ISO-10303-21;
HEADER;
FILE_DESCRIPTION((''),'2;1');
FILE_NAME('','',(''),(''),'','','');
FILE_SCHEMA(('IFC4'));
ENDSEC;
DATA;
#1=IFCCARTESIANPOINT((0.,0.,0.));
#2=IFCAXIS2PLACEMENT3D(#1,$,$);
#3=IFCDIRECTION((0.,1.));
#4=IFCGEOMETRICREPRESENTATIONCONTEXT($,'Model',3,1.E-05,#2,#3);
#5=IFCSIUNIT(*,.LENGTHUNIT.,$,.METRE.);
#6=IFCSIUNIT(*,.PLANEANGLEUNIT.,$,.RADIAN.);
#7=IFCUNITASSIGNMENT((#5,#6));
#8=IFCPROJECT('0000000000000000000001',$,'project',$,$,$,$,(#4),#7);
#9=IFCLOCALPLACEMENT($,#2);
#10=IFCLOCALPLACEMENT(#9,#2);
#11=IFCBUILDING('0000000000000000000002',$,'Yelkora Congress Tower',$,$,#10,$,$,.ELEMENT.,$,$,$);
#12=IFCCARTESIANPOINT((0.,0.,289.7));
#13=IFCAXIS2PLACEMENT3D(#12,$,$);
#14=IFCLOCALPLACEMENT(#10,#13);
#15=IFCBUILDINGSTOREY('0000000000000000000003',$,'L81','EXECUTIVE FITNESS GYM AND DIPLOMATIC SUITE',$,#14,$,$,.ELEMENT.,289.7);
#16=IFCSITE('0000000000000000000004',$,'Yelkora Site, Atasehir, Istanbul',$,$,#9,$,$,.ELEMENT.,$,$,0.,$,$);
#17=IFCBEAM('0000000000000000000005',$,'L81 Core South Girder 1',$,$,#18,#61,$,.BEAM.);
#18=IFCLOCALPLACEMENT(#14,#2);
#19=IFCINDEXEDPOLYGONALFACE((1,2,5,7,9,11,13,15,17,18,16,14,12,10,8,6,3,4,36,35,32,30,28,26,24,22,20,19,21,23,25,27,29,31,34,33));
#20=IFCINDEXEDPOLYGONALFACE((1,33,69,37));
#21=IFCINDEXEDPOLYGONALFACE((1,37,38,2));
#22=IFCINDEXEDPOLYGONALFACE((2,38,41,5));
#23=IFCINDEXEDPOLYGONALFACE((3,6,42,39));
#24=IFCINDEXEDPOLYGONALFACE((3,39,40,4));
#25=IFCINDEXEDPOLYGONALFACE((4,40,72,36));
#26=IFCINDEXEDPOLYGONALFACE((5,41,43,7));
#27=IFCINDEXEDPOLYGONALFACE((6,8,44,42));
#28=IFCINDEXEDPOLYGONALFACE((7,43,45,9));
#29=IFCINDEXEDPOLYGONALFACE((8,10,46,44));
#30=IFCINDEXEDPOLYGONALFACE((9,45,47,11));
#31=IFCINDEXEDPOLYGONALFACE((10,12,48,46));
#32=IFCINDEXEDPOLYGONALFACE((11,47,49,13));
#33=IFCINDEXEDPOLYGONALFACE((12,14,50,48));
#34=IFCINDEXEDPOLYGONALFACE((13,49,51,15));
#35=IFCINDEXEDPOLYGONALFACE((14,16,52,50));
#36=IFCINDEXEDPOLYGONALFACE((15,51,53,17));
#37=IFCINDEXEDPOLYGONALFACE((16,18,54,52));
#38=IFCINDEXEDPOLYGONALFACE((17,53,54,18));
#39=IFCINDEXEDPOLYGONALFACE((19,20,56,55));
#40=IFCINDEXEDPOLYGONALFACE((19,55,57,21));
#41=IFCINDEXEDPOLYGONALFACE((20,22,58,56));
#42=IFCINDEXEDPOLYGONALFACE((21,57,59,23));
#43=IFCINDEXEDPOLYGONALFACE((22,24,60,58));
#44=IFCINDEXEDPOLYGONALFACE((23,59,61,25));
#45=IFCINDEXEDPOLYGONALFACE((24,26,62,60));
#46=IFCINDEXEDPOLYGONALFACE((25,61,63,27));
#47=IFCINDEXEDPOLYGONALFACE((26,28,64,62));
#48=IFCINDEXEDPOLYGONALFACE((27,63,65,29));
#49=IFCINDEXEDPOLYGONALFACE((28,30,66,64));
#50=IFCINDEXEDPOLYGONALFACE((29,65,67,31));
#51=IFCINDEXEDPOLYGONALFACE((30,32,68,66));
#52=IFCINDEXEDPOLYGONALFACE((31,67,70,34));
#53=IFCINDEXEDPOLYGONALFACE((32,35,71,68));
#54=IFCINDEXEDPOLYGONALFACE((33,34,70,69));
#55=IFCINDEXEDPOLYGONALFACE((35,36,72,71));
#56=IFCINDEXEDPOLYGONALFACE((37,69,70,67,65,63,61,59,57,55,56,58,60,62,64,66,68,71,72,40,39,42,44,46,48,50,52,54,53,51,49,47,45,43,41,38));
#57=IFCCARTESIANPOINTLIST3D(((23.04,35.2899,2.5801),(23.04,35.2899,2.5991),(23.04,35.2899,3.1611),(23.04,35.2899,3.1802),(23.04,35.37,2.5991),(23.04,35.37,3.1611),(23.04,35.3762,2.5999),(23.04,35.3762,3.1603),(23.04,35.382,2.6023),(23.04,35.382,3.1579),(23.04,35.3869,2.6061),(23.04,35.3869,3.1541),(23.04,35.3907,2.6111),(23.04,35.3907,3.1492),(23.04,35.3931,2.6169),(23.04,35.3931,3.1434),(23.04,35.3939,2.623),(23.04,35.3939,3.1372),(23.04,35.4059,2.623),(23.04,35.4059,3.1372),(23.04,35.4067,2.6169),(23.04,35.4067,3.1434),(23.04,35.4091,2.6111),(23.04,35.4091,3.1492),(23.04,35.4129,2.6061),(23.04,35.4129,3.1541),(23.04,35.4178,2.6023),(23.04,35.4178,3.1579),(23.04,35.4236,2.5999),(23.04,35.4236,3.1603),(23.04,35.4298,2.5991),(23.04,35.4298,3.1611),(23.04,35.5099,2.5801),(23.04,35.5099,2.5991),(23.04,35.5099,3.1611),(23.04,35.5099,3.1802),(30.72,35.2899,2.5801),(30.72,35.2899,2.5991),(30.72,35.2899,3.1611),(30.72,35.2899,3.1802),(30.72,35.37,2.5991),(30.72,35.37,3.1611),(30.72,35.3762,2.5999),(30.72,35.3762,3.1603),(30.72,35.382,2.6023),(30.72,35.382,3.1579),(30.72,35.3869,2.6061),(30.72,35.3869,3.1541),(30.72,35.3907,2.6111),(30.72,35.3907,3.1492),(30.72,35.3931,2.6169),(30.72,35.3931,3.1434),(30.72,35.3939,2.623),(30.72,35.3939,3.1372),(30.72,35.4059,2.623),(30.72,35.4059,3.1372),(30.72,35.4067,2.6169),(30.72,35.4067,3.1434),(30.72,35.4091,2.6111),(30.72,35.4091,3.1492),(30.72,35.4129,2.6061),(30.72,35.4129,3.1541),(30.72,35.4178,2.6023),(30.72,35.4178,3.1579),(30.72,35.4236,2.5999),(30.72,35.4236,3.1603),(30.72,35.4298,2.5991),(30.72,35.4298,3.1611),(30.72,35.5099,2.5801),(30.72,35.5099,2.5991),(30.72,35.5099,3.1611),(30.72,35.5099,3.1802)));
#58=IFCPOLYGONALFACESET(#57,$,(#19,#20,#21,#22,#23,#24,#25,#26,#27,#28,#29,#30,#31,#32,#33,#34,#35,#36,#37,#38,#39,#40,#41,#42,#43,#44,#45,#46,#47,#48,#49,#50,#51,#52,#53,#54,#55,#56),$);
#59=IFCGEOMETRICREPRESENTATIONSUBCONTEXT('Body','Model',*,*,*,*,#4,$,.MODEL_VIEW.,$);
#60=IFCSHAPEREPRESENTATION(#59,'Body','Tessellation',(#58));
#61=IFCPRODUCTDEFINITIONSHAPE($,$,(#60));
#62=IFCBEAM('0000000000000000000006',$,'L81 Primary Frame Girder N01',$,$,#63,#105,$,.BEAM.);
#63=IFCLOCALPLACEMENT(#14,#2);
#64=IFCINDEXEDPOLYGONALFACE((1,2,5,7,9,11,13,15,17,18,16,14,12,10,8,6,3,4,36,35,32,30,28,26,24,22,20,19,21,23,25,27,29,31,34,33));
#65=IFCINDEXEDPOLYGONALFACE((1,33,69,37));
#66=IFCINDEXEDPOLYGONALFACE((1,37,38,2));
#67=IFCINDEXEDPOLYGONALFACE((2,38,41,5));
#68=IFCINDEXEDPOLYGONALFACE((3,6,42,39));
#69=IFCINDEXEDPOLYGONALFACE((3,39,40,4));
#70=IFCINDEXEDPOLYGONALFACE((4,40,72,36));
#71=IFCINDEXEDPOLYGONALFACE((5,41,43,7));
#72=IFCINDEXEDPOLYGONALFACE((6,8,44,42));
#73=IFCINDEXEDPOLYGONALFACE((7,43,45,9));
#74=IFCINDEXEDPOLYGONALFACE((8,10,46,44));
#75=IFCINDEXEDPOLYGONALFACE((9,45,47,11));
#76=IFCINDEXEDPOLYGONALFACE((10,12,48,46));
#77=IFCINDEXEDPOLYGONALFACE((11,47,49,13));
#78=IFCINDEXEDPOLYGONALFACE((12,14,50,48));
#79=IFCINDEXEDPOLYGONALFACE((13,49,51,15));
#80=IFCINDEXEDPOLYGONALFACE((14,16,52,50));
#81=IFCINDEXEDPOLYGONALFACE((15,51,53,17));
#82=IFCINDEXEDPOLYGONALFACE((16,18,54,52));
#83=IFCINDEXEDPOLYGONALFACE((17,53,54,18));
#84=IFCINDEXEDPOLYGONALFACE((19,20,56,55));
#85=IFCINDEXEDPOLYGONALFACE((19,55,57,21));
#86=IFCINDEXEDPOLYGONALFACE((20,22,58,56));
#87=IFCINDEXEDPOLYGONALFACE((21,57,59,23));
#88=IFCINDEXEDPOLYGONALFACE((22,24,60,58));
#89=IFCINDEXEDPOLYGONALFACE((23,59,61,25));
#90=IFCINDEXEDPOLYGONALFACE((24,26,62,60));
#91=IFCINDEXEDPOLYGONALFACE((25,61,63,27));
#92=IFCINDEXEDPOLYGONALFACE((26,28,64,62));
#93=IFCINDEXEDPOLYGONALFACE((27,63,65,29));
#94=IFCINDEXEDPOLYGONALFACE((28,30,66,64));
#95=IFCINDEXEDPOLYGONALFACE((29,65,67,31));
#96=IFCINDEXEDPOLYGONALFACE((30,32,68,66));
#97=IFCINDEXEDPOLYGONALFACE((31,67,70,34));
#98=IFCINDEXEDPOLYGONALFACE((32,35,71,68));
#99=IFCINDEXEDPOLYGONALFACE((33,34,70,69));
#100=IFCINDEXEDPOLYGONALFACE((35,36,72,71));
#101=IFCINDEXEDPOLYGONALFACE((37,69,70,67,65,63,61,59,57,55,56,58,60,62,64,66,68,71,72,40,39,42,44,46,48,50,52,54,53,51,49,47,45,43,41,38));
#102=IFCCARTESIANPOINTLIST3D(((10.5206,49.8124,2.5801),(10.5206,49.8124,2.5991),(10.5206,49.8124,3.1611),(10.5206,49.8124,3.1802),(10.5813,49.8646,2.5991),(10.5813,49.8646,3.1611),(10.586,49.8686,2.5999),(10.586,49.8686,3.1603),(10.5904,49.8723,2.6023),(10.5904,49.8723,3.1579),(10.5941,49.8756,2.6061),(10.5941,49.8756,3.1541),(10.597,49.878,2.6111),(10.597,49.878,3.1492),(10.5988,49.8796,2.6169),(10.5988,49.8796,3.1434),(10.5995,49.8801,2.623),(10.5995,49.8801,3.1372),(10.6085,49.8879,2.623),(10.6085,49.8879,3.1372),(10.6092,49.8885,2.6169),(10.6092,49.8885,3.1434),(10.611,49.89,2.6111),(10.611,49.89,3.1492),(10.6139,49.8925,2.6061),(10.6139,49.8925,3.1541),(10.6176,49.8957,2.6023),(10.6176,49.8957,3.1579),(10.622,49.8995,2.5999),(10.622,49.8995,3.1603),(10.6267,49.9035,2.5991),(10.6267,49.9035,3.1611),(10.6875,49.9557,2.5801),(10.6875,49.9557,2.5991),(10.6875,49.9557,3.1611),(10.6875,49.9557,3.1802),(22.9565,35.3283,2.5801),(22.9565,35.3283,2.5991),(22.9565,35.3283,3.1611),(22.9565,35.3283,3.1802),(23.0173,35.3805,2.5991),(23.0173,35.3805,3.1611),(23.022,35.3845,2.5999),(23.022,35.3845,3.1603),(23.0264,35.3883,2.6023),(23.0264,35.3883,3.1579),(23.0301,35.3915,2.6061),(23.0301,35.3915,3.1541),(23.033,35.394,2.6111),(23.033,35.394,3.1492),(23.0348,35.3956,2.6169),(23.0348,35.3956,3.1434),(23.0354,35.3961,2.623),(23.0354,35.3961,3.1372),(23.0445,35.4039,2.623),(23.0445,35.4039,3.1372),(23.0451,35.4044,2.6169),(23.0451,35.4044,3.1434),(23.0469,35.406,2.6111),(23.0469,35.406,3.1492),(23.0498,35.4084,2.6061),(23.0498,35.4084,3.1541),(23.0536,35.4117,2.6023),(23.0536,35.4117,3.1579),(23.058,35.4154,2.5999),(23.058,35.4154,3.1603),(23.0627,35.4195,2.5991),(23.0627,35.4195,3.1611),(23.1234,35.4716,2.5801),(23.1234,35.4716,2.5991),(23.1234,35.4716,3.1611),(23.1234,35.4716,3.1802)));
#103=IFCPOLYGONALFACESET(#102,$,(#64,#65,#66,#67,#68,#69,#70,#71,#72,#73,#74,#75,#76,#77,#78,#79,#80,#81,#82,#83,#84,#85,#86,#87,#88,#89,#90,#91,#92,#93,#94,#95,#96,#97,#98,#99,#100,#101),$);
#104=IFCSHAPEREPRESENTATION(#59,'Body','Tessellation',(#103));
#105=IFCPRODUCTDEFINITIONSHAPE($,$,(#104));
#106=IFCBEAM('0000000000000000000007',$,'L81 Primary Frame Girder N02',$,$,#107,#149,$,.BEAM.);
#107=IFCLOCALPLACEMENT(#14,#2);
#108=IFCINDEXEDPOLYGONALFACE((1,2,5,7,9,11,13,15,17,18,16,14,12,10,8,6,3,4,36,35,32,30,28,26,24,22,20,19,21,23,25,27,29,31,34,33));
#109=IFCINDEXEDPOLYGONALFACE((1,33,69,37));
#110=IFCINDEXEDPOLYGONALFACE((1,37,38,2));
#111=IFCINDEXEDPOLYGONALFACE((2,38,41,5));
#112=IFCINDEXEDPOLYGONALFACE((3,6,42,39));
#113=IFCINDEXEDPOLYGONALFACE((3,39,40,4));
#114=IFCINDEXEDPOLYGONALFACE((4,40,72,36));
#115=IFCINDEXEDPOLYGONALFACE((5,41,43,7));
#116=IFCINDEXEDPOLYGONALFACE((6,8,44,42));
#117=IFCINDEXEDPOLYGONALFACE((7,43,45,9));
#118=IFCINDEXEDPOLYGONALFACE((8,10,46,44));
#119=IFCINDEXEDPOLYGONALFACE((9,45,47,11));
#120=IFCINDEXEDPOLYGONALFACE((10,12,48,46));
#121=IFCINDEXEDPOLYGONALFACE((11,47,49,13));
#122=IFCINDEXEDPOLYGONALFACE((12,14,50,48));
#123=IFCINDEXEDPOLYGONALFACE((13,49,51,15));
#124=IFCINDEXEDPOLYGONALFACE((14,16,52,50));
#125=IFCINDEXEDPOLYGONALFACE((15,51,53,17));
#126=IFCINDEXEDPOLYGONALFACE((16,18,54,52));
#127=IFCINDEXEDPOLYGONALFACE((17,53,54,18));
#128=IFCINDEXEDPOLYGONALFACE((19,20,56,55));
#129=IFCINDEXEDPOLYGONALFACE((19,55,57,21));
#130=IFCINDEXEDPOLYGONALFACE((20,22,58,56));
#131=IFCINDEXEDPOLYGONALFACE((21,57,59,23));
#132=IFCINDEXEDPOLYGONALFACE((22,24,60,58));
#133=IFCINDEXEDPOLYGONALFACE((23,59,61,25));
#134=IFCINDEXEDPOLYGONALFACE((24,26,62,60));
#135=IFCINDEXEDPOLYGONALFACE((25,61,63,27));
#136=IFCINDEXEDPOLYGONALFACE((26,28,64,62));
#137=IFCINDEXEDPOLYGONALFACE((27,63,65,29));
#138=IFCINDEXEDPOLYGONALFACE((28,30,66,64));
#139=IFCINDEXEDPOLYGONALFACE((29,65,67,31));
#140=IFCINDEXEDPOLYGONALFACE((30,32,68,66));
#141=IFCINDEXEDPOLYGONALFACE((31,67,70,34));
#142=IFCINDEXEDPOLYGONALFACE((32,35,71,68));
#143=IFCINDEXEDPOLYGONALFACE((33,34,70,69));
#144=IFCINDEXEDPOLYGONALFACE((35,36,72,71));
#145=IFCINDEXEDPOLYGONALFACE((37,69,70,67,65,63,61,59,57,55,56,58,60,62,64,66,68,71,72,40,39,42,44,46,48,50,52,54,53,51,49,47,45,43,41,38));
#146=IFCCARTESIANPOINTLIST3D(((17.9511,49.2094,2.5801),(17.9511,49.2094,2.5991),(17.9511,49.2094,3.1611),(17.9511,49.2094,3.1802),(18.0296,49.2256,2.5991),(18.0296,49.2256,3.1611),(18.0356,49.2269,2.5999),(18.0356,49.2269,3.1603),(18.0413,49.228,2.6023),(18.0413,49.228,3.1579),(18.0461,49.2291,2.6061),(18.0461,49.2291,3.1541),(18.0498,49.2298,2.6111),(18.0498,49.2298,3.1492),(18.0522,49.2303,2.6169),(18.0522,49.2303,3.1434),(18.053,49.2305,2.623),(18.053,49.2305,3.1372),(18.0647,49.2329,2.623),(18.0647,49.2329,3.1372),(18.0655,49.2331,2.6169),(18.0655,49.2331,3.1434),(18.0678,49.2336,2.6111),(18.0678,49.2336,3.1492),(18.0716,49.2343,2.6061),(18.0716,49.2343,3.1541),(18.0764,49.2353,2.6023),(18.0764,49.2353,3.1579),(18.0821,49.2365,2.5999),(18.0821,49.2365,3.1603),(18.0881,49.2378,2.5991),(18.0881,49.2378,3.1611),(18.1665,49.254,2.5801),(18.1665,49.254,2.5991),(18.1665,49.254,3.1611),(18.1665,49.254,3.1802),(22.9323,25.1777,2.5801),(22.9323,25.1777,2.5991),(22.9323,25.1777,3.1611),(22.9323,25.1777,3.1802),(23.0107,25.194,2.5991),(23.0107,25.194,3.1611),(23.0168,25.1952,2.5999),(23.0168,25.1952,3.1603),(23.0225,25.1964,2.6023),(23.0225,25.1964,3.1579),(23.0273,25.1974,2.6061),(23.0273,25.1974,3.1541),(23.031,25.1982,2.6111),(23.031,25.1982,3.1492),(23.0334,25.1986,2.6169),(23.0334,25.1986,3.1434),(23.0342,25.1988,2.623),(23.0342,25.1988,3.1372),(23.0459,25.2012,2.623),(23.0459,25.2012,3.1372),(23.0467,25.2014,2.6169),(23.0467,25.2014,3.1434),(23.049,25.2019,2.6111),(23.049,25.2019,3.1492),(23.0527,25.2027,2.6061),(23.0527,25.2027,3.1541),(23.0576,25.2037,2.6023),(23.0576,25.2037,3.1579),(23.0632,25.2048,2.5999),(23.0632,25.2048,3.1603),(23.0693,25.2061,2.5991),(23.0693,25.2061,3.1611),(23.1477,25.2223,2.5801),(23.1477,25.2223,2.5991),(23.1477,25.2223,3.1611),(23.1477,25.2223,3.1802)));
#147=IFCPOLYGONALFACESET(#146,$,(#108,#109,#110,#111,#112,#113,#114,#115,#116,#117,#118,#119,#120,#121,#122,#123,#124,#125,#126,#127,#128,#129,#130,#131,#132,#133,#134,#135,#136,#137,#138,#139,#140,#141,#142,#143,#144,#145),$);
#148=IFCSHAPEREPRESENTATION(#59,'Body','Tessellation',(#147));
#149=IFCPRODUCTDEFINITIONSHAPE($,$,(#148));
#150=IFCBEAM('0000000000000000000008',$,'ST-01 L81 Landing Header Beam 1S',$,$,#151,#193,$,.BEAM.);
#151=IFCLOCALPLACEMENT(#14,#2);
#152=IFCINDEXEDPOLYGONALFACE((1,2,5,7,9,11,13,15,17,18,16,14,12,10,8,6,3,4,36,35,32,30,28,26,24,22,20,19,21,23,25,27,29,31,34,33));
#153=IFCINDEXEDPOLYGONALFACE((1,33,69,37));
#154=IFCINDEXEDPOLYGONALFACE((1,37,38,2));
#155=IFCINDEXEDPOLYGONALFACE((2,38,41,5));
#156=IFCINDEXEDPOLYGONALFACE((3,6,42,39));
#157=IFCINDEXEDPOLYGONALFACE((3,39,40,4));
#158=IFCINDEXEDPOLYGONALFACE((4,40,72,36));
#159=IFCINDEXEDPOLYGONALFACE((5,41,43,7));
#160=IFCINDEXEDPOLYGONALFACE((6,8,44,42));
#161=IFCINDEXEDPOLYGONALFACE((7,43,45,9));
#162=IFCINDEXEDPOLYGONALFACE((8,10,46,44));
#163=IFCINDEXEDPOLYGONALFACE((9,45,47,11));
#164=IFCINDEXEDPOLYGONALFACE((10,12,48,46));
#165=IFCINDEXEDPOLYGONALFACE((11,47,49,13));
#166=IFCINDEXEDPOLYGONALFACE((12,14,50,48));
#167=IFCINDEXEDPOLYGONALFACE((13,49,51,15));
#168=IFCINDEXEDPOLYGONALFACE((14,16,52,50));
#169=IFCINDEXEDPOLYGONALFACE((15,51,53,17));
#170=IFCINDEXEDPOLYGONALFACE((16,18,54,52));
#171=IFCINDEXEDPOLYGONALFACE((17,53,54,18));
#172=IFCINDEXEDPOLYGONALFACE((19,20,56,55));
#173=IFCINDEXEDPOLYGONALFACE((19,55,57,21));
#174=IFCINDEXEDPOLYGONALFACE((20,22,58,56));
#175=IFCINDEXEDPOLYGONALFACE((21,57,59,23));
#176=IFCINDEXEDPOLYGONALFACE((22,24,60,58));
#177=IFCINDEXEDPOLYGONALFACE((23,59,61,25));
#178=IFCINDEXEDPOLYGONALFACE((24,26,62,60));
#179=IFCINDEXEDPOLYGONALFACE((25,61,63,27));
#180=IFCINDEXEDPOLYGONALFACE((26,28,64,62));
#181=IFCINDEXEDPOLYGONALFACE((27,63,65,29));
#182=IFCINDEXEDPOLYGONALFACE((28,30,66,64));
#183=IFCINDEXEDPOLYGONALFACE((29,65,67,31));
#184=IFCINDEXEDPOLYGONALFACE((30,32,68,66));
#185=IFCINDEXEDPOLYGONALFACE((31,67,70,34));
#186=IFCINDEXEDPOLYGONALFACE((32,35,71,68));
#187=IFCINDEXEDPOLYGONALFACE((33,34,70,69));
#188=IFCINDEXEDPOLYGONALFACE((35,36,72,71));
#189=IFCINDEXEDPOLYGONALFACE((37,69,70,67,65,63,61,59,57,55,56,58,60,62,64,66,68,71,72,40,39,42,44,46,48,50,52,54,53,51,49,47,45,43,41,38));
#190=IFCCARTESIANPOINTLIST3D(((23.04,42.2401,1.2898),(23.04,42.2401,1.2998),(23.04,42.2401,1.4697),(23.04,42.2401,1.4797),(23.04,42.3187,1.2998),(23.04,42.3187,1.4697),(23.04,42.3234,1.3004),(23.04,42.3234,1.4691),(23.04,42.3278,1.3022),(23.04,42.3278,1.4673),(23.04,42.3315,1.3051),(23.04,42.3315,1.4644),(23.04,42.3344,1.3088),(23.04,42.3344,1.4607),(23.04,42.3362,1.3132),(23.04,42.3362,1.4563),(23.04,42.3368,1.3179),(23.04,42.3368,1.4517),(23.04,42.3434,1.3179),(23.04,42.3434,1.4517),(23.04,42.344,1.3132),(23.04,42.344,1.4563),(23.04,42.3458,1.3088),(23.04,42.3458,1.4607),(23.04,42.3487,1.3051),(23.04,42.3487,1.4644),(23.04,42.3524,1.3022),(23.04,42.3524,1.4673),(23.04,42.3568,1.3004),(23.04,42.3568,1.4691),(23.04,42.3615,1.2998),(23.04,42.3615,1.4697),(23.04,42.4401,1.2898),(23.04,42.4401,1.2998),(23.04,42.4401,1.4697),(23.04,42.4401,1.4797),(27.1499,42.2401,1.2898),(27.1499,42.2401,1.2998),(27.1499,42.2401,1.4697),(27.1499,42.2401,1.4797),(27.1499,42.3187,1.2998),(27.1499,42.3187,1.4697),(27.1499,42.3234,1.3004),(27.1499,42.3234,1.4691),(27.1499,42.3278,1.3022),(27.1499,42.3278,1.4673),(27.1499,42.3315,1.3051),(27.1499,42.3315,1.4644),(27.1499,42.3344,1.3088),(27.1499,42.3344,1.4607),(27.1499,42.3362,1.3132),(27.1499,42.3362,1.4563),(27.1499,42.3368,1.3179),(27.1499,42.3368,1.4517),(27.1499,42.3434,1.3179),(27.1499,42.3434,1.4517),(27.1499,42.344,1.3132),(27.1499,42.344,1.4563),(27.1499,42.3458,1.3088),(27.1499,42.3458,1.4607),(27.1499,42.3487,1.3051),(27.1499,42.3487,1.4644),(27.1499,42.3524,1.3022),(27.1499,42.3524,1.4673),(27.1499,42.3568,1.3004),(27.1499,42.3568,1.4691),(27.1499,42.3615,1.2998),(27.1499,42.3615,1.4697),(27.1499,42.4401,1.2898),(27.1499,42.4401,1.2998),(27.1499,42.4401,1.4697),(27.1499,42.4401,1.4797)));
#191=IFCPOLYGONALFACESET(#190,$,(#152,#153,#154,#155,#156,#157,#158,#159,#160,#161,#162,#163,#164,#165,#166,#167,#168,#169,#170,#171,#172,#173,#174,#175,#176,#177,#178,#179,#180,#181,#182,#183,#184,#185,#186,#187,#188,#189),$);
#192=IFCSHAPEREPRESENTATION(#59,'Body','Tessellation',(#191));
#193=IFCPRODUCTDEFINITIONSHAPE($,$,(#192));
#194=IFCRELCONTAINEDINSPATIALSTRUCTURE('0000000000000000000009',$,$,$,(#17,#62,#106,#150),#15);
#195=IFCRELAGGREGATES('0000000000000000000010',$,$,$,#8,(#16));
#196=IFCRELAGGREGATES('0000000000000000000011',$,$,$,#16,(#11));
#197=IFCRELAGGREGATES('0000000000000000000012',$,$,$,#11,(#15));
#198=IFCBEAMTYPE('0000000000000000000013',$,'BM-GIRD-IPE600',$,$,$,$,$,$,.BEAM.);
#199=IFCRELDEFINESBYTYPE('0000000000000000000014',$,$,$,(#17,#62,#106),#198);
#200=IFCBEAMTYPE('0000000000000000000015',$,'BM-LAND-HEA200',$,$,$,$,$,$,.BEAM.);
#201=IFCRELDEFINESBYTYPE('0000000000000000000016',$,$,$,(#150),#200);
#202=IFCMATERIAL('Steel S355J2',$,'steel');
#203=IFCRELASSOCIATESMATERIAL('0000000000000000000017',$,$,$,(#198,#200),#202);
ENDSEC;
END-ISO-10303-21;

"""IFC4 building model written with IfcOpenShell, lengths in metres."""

from ifc_helpers import new_model, si_unit, direction, frame, origin, origin_2d, place, context, subcontext, project, spatial, i_section, extrude, material, material_profile, profile_set, type_object, element, save


model = new_model("IFC4")

# Units and contexts
model_context = context("Model", 3, precision=1e-05, world=origin(), true_north=direction((0.0, 1.0)))
body_context = subcontext(model_context, "Body", "Model", "MODEL_VIEW")
ifc_project = project(units=[si_unit("LENGTHUNIT", "METRE"), si_unit("PLANEANGLEUNIT", "RADIAN")], contexts=[model_context])

# Site, building, storey
site_placement = place(None, origin())
site = spatial("IfcSite", under=ifc_project, at=site_placement, Name="Yelkora Site, Atasehir, Istanbul", CompositionType="ELEMENT", RefElevation=0.0)
building_placement = place(site_placement, origin())
building = spatial("IfcBuilding", under=site, at=building_placement, Name="Yelkora Congress Tower", CompositionType="ELEMENT")
storey_placement = place(building_placement, frame((0.0, 0.0, 289.7)))
storey = spatial("IfcBuildingStorey", under=building, at=storey_placement, Name="L81", Description="EXECUTIVE FITNESS GYM AND DIPLOMATIC SUITE", CompositionType="ELEMENT", Elevation=289.7)

# Shared definitions
ifc_material_1 = material(Name="Steel S355J2", Category="steel")

# Beams
ifc_material_profile_1 = material_profile(ifc_material_1, i_section(OverallWidth=0.22, OverallDepth=0.6001, WebThickness=0.012, FlangeThickness=0.019, FilletRadius=0.0239, at=origin_2d()), Name="IPE 600")
ifc_profile_set_1 = profile_set([ifc_material_profile_1], Name="Steel S355J2")
beam_type_1 = type_object("IfcBeamType", Name="BM-GIRD-IPE600", PredefinedType="BEAM", material=ifc_profile_set_1)
beam_1_placement = place(storey_placement, frame((23.04, 35.3999, 2.8801), z_axis=(1.0, 0.0, 0.0), x_axis=(0.0, 1.0, 0.0)))
element("IfcBeam", 1, at=beam_1_placement, inside=storey, type_object=beam_type_1, Name="L81 Core South Girder 1", PredefinedType="BEAM", context=body_context, shape_type="SweptSolid", body=[
    extrude(i_section(OverallWidth=0.22, OverallDepth=0.6001, WebThickness=0.012, FlangeThickness=0.019, FilletRadius=0.0239, at=origin_2d()), origin(), (0.0, 0.0, 1.0), 7.6799),
])
beam_2_placement = place(storey_placement, frame((10.604, 49.884, 2.8801), z_axis=(0.651427, -0.758711, 0.0), x_axis=(0.758711, 0.651427, 0.0)))
element("IfcBeam", 2, at=beam_2_placement, inside=storey, type_object=beam_type_1, Name="L81 Primary Frame Girder N01", PredefinedType="BEAM", context=body_context, shape_type="SweptSolid", body=[
    extrude(i_section(OverallWidth=0.22, OverallDepth=0.6001, WebThickness=0.012, FlangeThickness=0.019, FilletRadius=0.0239, at=origin_2d()), origin(), (0.0, 0.0, 1.0), 19.0903),
])
beam_3_placement = place(storey_placement, frame((18.0588, 49.2317, 2.8801), z_axis=(0.202962, -0.979187, 0.0), x_axis=(0.979187, 0.202962, 0.0)))
element("IfcBeam", 3, at=beam_3_placement, inside=storey, type_object=beam_type_1, Name="L81 Primary Frame Girder N02", PredefinedType="BEAM", context=body_context, shape_type="SweptSolid", body=[
    extrude(i_section(OverallWidth=0.22, OverallDepth=0.6001, WebThickness=0.012, FlangeThickness=0.019, FilletRadius=0.0239, at=origin_2d()), origin(), (0.0, 0.0, 1.0), 24.5425),
])
ifc_material_profile_2 = material_profile(ifc_material_1, i_section(OverallWidth=0.2, OverallDepth=0.1899, WebThickness=0.0066, FlangeThickness=0.01, FilletRadius=0.0181, at=origin_2d()), Name="HEA 200")
ifc_profile_set_2 = profile_set([ifc_material_profile_2], Name="Steel S355J2")
beam_type_2 = type_object("IfcBeamType", Name="BM-LAND-HEA200", PredefinedType="BEAM", material=ifc_profile_set_2)
for number, where, z_axis, x_axis, name in (
    (4, (23.04, 42.3401, 1.3848), (1.0, 0.0, 0.0), (0.0, 1.0, 0.0), "ST-01 L81 Landing Header Beam 1S"),
):
    element("IfcBeam", number, at=place(storey_placement, frame(where, z_axis=z_axis, x_axis=x_axis)), inside=storey, type_object=beam_type_2, Name=name, PredefinedType="BEAM", context=body_context, shape_type="SweptSolid", body=[
        extrude(i_section(OverallWidth=0.2, OverallDepth=0.1899, WebThickness=0.0066, FlangeThickness=0.01, FilletRadius=0.0181, at=origin_2d()), origin(), (0.0, 0.0, 1.0), 4.1099),
    ])

save(model, "model.ifc")
